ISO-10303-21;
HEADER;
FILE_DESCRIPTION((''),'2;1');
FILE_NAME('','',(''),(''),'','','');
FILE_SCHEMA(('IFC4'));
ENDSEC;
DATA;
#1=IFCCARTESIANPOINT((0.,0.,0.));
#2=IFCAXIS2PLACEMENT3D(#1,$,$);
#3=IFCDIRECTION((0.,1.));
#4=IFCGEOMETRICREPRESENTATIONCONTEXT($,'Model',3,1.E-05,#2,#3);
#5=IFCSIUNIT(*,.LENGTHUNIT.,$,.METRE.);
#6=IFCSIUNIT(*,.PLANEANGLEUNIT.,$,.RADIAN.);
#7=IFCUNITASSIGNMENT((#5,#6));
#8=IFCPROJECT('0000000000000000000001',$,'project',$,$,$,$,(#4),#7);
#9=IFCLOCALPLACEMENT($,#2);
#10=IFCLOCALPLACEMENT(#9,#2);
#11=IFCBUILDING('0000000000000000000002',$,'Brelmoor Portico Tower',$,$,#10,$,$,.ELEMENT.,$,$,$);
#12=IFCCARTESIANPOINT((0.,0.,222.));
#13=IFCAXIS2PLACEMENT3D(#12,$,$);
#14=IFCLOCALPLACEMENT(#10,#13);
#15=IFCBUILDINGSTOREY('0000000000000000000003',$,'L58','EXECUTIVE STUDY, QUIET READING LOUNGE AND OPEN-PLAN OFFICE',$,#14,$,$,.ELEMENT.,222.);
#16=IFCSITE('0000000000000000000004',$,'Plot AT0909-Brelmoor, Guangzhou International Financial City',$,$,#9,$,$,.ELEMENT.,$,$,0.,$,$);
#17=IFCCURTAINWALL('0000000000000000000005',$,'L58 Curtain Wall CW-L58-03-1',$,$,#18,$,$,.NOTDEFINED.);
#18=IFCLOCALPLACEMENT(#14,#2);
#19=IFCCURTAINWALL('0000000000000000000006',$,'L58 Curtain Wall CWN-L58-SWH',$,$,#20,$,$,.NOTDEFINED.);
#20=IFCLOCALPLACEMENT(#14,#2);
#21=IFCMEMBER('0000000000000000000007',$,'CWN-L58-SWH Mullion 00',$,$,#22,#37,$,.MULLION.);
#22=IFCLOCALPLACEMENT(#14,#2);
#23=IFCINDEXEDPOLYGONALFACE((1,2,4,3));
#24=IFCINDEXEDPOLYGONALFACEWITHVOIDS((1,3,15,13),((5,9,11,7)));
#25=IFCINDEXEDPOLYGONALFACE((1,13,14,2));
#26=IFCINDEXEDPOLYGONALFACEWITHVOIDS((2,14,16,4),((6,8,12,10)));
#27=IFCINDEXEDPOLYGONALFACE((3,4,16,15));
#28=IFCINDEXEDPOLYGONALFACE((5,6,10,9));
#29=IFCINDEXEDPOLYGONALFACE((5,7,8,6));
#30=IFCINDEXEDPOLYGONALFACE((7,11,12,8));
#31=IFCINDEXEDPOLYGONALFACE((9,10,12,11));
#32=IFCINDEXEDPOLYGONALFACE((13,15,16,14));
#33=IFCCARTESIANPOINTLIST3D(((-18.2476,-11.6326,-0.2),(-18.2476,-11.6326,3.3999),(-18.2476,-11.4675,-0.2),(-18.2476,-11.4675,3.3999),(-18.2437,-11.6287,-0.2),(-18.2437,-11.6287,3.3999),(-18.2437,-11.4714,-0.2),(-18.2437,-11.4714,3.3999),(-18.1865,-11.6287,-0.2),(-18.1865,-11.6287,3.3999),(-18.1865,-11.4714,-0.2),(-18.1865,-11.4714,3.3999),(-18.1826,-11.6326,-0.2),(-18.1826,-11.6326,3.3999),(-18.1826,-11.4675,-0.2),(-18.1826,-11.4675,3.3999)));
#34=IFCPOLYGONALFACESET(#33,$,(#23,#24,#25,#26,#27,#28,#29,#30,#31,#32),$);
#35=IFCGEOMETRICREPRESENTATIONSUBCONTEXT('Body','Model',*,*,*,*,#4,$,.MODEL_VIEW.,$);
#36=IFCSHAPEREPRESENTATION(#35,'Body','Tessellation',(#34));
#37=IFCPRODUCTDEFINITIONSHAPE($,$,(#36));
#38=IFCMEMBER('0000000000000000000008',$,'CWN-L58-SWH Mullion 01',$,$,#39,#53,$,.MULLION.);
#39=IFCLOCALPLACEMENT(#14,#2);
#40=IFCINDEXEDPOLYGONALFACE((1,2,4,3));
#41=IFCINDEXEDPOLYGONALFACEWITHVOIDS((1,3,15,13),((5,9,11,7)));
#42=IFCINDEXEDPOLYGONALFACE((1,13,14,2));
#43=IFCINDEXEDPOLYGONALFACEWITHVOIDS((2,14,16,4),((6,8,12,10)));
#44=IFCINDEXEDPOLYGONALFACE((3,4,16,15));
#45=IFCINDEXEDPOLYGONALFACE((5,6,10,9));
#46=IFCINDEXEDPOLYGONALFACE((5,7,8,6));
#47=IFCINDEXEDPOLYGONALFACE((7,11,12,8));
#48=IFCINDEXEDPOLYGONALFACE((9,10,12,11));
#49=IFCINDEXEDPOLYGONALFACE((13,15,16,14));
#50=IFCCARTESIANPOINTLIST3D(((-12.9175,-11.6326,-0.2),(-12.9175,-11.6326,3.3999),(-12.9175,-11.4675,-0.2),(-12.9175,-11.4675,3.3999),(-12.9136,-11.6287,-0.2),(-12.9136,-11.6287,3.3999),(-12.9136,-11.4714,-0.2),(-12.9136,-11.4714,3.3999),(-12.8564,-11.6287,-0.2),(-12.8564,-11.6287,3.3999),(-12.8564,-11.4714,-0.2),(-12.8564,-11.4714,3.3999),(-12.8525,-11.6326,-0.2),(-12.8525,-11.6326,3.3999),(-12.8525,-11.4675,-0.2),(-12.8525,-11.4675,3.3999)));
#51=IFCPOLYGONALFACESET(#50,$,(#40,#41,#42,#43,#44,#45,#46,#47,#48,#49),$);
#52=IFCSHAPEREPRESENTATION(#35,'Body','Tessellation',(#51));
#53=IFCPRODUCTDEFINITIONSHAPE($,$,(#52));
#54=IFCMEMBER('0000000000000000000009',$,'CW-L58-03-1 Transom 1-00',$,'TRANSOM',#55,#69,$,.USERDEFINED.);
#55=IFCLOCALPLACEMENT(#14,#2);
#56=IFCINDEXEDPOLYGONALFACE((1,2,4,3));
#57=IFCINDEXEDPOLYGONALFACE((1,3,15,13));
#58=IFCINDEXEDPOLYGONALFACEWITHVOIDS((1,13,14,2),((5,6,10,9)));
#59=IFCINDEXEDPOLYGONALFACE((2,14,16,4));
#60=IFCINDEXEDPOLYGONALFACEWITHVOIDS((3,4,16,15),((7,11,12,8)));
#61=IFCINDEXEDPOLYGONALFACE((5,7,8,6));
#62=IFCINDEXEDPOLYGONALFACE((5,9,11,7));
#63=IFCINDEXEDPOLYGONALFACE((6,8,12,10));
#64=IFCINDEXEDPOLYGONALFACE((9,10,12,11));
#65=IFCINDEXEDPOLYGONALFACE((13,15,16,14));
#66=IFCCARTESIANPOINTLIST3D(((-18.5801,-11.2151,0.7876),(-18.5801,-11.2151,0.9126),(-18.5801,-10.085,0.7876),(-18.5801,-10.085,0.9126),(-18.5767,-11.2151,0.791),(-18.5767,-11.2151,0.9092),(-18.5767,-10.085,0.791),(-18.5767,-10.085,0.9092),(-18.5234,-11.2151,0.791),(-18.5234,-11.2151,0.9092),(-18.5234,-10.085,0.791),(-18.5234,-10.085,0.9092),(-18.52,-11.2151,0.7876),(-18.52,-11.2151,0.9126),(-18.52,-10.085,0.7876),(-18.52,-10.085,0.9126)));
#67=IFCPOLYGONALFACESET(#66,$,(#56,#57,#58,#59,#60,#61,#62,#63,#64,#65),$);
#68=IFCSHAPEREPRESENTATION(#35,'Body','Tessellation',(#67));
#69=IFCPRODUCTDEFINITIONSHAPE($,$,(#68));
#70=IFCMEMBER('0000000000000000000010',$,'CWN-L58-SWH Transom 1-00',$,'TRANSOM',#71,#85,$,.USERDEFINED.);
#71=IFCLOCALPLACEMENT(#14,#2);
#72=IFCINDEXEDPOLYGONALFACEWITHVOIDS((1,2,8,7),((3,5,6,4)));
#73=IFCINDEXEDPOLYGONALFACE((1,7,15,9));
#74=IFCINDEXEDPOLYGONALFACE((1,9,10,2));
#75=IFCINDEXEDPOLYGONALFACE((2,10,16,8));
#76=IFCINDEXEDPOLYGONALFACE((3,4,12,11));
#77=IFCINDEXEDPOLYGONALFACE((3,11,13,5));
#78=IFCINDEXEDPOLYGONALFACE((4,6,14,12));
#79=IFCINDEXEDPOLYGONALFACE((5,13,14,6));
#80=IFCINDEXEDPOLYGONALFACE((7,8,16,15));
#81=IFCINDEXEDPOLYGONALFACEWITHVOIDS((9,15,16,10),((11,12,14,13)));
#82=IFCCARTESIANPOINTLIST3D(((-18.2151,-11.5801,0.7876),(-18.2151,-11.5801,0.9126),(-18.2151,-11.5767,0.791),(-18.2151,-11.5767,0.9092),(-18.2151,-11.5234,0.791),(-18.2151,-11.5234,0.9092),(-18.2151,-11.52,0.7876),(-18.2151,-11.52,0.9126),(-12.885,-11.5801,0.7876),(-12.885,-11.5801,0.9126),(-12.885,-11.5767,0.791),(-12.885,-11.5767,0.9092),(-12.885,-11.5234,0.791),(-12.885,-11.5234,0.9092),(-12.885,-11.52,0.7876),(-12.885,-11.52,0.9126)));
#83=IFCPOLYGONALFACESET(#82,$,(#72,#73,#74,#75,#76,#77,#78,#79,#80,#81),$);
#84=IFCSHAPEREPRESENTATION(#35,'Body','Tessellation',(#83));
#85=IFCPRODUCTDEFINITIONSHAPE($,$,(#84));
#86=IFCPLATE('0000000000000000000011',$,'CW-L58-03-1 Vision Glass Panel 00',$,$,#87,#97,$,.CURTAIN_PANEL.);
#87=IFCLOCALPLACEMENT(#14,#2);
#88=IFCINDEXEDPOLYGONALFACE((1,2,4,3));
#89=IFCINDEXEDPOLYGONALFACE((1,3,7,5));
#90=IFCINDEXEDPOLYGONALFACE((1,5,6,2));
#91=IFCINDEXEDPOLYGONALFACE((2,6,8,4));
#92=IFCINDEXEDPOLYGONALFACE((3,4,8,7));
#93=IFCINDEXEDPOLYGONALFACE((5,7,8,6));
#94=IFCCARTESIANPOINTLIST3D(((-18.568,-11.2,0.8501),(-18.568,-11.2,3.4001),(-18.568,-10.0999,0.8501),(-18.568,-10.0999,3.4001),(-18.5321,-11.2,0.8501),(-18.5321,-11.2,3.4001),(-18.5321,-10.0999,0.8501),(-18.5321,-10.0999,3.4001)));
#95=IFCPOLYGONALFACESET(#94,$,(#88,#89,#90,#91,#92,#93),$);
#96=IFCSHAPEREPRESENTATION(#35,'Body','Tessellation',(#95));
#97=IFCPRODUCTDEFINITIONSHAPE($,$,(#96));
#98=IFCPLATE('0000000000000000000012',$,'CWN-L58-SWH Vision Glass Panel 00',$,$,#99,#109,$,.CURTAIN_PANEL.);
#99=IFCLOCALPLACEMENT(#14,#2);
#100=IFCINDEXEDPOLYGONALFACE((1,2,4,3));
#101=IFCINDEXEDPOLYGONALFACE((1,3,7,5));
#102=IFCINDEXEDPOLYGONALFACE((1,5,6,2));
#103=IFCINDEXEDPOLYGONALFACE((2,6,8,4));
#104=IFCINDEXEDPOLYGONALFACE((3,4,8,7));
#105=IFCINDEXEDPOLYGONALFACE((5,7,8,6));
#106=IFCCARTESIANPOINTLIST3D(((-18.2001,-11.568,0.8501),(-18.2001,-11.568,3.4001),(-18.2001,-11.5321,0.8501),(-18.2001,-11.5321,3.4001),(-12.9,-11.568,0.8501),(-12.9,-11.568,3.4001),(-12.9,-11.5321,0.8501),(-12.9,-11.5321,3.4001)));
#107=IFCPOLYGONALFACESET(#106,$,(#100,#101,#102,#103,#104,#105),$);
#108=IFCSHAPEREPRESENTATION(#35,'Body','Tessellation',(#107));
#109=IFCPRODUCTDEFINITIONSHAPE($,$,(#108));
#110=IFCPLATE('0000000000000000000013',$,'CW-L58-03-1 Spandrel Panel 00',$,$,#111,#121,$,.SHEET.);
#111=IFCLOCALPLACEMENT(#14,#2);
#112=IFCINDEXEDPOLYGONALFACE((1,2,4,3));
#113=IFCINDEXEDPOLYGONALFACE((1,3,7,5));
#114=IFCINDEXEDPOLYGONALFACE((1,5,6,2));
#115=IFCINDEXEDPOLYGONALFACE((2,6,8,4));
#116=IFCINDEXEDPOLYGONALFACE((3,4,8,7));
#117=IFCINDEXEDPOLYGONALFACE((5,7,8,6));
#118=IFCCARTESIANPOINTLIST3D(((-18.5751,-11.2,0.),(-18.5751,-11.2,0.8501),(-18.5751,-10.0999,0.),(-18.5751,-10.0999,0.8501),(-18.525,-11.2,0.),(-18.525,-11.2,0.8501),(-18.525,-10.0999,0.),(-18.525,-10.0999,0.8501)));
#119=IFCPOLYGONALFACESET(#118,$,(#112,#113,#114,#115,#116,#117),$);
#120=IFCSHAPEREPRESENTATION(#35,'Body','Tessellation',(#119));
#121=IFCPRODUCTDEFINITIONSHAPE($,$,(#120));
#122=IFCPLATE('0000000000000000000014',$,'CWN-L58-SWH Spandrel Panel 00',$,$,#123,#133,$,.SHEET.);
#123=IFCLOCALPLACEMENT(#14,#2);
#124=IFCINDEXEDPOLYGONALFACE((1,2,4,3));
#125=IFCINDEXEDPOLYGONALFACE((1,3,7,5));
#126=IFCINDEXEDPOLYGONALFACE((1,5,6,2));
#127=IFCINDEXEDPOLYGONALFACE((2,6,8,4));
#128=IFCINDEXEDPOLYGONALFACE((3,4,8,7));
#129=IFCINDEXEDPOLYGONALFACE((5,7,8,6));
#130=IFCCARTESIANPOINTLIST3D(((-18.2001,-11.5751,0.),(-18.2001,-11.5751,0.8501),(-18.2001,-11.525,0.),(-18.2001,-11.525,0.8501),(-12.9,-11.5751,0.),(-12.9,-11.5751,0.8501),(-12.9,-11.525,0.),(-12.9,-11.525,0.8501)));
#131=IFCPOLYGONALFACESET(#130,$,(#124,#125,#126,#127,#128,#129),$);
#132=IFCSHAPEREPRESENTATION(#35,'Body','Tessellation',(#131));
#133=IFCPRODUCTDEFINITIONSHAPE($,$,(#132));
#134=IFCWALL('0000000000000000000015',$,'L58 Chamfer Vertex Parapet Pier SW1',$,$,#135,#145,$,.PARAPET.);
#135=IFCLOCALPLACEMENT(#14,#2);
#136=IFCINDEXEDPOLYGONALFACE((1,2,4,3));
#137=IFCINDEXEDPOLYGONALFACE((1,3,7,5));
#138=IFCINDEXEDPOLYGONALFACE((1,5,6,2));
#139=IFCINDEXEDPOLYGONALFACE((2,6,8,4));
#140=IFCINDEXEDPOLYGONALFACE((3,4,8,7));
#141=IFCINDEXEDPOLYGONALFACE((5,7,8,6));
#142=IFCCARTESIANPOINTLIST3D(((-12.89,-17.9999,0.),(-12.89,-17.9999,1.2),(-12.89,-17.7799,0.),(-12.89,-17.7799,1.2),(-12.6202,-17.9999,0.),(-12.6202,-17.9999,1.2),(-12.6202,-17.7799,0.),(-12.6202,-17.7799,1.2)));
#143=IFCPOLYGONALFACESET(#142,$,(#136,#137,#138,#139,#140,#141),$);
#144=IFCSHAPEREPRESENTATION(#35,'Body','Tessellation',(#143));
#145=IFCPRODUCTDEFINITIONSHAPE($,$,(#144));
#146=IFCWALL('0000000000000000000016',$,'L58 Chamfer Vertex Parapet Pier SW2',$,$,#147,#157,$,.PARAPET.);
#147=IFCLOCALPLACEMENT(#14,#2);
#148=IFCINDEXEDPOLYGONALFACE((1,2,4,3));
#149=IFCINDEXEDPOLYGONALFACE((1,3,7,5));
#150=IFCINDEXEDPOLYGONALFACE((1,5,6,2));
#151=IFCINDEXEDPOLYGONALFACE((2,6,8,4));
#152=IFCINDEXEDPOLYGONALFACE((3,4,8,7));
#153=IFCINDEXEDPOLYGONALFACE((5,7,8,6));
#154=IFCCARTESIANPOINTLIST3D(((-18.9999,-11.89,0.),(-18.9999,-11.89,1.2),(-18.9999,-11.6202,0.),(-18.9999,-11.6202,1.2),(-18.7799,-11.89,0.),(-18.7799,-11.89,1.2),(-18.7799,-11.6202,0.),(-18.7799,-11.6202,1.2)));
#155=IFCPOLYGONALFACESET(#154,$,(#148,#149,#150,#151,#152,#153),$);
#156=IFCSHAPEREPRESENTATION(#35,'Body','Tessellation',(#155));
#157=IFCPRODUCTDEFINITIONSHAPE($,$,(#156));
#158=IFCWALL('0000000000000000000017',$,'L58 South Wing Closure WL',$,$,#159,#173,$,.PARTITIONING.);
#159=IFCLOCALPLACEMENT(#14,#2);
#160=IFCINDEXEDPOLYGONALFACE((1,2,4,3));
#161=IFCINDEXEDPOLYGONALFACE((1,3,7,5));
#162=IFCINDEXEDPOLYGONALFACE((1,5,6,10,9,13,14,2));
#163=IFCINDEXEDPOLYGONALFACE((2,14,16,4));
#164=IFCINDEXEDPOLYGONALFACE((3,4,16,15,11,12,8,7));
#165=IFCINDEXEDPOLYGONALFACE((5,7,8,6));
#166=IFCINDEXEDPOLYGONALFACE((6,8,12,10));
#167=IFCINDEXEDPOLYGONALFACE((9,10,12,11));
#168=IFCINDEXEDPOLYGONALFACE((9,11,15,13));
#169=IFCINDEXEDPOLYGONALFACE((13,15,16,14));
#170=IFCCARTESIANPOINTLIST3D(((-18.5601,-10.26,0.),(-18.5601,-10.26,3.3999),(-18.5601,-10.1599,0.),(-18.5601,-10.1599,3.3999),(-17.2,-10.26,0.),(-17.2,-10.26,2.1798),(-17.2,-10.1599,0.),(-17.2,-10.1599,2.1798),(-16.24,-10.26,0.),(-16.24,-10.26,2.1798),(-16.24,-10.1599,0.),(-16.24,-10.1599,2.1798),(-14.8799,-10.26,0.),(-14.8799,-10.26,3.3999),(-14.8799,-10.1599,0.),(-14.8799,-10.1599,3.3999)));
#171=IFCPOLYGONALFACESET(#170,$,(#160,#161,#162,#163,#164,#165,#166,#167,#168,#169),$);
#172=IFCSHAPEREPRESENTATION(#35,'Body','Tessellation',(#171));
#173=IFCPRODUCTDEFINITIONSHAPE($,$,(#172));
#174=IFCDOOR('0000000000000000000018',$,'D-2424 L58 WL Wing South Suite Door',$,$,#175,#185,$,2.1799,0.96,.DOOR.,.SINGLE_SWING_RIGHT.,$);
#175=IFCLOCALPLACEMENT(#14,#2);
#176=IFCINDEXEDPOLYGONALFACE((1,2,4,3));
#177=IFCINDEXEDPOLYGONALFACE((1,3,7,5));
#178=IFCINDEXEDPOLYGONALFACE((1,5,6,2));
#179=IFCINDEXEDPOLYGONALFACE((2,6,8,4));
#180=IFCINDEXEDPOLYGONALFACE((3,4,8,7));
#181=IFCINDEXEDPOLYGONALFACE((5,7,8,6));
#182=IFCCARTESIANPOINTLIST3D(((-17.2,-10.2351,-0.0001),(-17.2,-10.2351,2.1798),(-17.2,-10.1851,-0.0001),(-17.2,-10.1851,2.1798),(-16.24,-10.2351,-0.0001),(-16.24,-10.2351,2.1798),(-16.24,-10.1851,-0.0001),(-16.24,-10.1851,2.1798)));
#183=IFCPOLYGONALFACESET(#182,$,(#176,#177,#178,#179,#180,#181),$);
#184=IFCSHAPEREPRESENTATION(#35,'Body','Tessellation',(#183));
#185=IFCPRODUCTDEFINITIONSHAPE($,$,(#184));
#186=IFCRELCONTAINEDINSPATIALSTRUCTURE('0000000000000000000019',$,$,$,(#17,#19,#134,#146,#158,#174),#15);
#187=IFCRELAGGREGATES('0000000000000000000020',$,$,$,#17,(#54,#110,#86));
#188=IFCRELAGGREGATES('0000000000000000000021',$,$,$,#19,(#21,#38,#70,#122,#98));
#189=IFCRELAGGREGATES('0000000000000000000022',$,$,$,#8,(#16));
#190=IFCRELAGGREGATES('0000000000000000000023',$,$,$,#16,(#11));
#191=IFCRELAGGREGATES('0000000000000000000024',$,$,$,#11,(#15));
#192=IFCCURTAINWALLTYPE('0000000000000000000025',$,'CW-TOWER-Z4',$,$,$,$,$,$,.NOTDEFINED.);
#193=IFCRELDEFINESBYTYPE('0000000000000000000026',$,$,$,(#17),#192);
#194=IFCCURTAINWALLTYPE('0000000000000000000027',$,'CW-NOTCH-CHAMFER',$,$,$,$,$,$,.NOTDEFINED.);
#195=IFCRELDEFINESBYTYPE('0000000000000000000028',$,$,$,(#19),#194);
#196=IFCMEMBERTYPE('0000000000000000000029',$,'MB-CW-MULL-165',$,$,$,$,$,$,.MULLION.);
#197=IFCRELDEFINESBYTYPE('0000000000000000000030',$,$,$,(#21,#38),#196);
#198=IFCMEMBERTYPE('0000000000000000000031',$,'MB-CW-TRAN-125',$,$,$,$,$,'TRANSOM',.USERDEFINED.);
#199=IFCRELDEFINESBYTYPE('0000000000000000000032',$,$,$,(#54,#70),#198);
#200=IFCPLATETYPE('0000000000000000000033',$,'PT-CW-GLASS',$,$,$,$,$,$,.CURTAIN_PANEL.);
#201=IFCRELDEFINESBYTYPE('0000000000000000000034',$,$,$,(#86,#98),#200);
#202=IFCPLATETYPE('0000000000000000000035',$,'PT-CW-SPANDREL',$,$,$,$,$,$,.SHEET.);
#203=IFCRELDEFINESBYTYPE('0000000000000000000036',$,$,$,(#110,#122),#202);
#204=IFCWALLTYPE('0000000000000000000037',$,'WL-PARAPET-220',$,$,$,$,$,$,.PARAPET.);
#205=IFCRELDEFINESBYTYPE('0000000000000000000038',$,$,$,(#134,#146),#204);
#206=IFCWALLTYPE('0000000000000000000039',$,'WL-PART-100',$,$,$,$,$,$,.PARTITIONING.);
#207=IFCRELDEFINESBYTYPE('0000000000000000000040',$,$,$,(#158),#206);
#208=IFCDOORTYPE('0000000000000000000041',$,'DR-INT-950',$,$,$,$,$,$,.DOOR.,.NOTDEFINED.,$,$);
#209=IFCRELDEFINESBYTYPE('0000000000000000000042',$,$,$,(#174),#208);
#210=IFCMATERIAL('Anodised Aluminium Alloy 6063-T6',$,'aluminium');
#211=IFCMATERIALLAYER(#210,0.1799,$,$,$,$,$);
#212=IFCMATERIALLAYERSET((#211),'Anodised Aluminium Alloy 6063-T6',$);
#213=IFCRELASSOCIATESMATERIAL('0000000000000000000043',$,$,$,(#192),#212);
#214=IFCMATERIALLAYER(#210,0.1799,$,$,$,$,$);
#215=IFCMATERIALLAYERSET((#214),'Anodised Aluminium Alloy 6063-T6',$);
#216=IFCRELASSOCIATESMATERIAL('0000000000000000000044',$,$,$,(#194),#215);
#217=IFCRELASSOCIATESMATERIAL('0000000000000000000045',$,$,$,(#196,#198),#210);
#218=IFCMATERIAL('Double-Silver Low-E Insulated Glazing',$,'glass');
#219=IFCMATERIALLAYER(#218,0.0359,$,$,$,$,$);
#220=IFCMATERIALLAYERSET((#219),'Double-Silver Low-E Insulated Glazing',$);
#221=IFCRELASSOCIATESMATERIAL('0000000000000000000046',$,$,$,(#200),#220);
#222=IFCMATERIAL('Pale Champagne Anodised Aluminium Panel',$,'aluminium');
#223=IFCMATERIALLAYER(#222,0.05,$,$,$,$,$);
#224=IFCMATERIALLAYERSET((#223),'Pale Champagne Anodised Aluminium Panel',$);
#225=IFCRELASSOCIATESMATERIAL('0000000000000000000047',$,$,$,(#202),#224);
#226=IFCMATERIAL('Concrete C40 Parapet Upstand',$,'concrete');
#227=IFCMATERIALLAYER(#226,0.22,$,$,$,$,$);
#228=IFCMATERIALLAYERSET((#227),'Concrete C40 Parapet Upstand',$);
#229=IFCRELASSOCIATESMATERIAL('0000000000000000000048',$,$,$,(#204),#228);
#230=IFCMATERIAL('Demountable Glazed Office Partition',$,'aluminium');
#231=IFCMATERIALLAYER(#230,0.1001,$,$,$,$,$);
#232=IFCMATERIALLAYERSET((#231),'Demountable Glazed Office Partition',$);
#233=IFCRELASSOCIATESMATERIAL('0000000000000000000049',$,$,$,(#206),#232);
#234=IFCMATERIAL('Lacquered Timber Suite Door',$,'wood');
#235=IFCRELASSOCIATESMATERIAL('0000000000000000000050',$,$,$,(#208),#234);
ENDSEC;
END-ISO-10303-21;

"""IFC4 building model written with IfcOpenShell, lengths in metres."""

from ifc_helpers import new_model, si_unit, direction, frame, frame_2d, origin, origin_2d, place, context, subcontext, project, spatial, rectangle, hollow_rectangle, extrude, material, layer, layer_set, material_profile, profile_set, type_object, element, fill, aggregate, save


model = new_model("IFC4")

# Units and contexts
model_context = context("Model", 3, precision=1e-05, world=origin(), true_north=direction((0.0, 1.0)))
body_context = subcontext(model_context, "Body", "Model", "MODEL_VIEW")
ifc_project = project(units=[si_unit("LENGTHUNIT", "METRE"), si_unit("PLANEANGLEUNIT", "RADIAN")], contexts=[model_context])

# Site, building, storey
site_placement = place(None, origin())
site = spatial("IfcSite", under=ifc_project, at=site_placement, Name="Plot AT0909-Brelmoor, Guangzhou International Financial City", CompositionType="ELEMENT", RefElevation=0.0)
building_placement = place(site_placement, origin())
building = spatial("IfcBuilding", under=site, at=building_placement, Name="Brelmoor Portico Tower", CompositionType="ELEMENT")
storey_placement = place(building_placement, frame((0.0, 0.0, 222.0)))
storey = spatial("IfcBuildingStorey", under=building, at=storey_placement, Name="L58", Description="EXECUTIVE STUDY, QUIET READING LOUNGE AND OPEN-PLAN OFFICE", CompositionType="ELEMENT", Elevation=222.0)

# Curtain walls, members
ifc_material_1 = material(Name="Anodised Aluminium Alloy 6063-T6", Category="aluminium")
ifc_layer_1 = layer(ifc_material_1, 0.1799)
ifc_layer_set_1 = layer_set([ifc_layer_1], Name="Anodised Aluminium Alloy 6063-T6")
curtain_wall_type_1 = type_object("IfcCurtainWallType", Name="CW-TOWER-Z4", PredefinedType="NOTDEFINED", material=ifc_layer_set_1)
curtain_wall_1_placement = place(storey_placement, origin())
curtain_wall_1 = element("IfcCurtainWall", 1, at=curtain_wall_1_placement, inside=storey, type_object=curtain_wall_type_1, Name="L58 Curtain Wall CW-L58-03-1", PredefinedType="NOTDEFINED")
ifc_layer_2 = layer(ifc_material_1, 0.1799)
ifc_layer_set_2 = layer_set([ifc_layer_2], Name="Anodised Aluminium Alloy 6063-T6")
curtain_wall_type_2 = type_object("IfcCurtainWallType", Name="CW-NOTCH-CHAMFER", PredefinedType="NOTDEFINED", material=ifc_layer_set_2)
curtain_wall_2_placement = place(storey_placement, origin())
curtain_wall_2 = element("IfcCurtainWall", 2, at=curtain_wall_2_placement, inside=storey, type_object=curtain_wall_type_2, Name="L58 Curtain Wall CWN-L58-SWH", PredefinedType="NOTDEFINED")
ifc_material_profile_1 = material_profile(ifc_material_1, hollow_rectangle(XDim=0.0649, YDim=0.165, WallThickness=0.0039, at=origin_2d()), Name="ALU MULLION 65x165")
ifc_profile_set_1 = profile_set([ifc_material_profile_1], Name="Anodised Aluminium Alloy 6063-T6")
member_type_1 = type_object("IfcMemberType", Name="MB-CW-MULL-165", PredefinedType="MULLION", material=ifc_profile_set_1)
member_1_placement = place(storey_placement, frame((-18.2151, -11.55, -0.2), z_axis=(0.0, 0.0, 1.0), x_axis=(1.0, 0.0, 0.0)))
member_1 = element("IfcMember", 3, at=member_1_placement, type_object=member_type_1, Name="CWN-L58-SWH Mullion 00", PredefinedType="MULLION", context=body_context, shape_type="SweptSolid", body=[
    extrude(hollow_rectangle(XDim=0.0649, YDim=0.165, WallThickness=0.0039, at=origin_2d()), origin(), (0.0, 0.0, 1.0), 3.5999),
])
member_2_placement = place(storey_placement, frame((-12.885, -11.55, -0.2), z_axis=(0.0, 0.0, 1.0), x_axis=(1.0, 0.0, 0.0)))
member_2 = element("IfcMember", 4, at=member_2_placement, type_object=member_type_1, Name="CWN-L58-SWH Mullion 01", PredefinedType="MULLION", context=body_context, shape_type="SweptSolid", body=[
    extrude(hollow_rectangle(XDim=0.0649, YDim=0.165, WallThickness=0.0039, at=origin_2d()), origin(), (0.0, 0.0, 1.0), 3.5999),
])

# Members
ifc_material_profile_2 = material_profile(ifc_material_1, hollow_rectangle(XDim=0.0601, YDim=0.125, WallThickness=0.0034, at=origin_2d()), Name="ALU TRANSOM 60x125")
ifc_profile_set_2 = profile_set([ifc_material_profile_2], Name="Anodised Aluminium Alloy 6063-T6")
member_type_2 = type_object("IfcMemberType", Name="MB-CW-TRAN-125", ElementType="TRANSOM", PredefinedType="USERDEFINED", material=ifc_profile_set_2)
member_3_placement = place(storey_placement, frame((-18.55, -11.2151, 0.8501), z_axis=(0.0, 1.0, 0.0), x_axis=(-1.0, 0.0, 0.0)))
member_3 = element("IfcMember", 5, at=member_3_placement, type_object=member_type_2, Name="CW-L58-03-1 Transom 1-00", ObjectType="TRANSOM", PredefinedType="USERDEFINED", context=body_context, shape_type="SweptSolid", body=[
    extrude(hollow_rectangle(XDim=0.0601, YDim=0.125, WallThickness=0.0034, at=origin_2d()), origin(), (0.0, 0.0, 1.0), 1.1301),
])
member_4_placement = place(storey_placement, frame((-18.2151, -11.55, 0.8501), z_axis=(1.0, 0.0, 0.0), x_axis=(0.0, 1.0, 0.0)))
member_4 = element("IfcMember", 6, at=member_4_placement, type_object=member_type_2, Name="CWN-L58-SWH Transom 1-00", ObjectType="TRANSOM", PredefinedType="USERDEFINED", context=body_context, shape_type="SweptSolid", body=[
    extrude(hollow_rectangle(XDim=0.0601, YDim=0.125, WallThickness=0.0034, at=origin_2d()), origin(), (0.0, 0.0, 1.0), 5.3301),
])

# Plates
ifc_material_2 = material(Name="Double-Silver Low-E Insulated Glazing", Category="glass")
ifc_layer_3 = layer(ifc_material_2, 0.0359)
ifc_layer_set_3 = layer_set([ifc_layer_3], Name="Double-Silver Low-E Insulated Glazing")
plate_type_1 = type_object("IfcPlateType", Name="PT-CW-GLASS", PredefinedType="CURTAIN_PANEL", material=ifc_layer_set_3)
plate_1_placement = place(storey_placement, frame((-18.55, -10.6499, 0.8501), z_axis=(0.0, 0.0, 1.0), x_axis=(0.0, 1.0, 0.0)))
plate_1 = element("IfcPlate", 7, at=plate_1_placement, type_object=plate_type_1, Name="CW-L58-03-1 Vision Glass Panel 00", PredefinedType="CURTAIN_PANEL", context=body_context, shape_type="SweptSolid", body=[
    extrude(rectangle(XDim=1.1001, YDim=0.0359, at=origin_2d()), origin(), (0.0, 0.0, 1.0), 2.55),
])
plate_2_placement = place(storey_placement, frame((-15.55, -11.55, 0.8501), z_axis=(0.0, 0.0, 1.0), x_axis=(1.0, 0.0, 0.0)))
plate_2 = element("IfcPlate", 8, at=plate_2_placement, type_object=plate_type_1, Name="CWN-L58-SWH Vision Glass Panel 00", PredefinedType="CURTAIN_PANEL", context=body_context, shape_type="SweptSolid", body=[
    extrude(rectangle(XDim=5.3, YDim=0.0359, at=origin_2d()), origin(), (0.0, 0.0, 1.0), 2.55),
])
ifc_material_3 = material(Name="Pale Champagne Anodised Aluminium Panel", Category="aluminium")
ifc_layer_4 = layer(ifc_material_3, 0.05)
ifc_layer_set_4 = layer_set([ifc_layer_4], Name="Pale Champagne Anodised Aluminium Panel")
plate_type_2 = type_object("IfcPlateType", Name="PT-CW-SPANDREL", PredefinedType="SHEET", material=ifc_layer_set_4)
plate_3_placement = place(storey_placement, frame((-18.55, -10.6499, 0.0), z_axis=(0.0, 0.0, 1.0), x_axis=(0.0, 1.0, 0.0)))
plate_3 = element("IfcPlate", 9, at=plate_3_placement, type_object=plate_type_2, Name="CW-L58-03-1 Spandrel Panel 00", PredefinedType="SHEET", context=body_context, shape_type="SweptSolid", body=[
    extrude(rectangle(XDim=1.1001, YDim=0.05, at=origin_2d()), origin(), (0.0, 0.0, 1.0), 0.8501),
])
aggregate(curtain_wall_1, [member_3, plate_3, plate_1])
plate_4_placement = place(storey_placement, frame((-15.55, -11.55, 0.0), z_axis=(0.0, 0.0, 1.0), x_axis=(1.0, 0.0, 0.0)))
plate_4 = element("IfcPlate", 10, at=plate_4_placement, type_object=plate_type_2, Name="CWN-L58-SWH Spandrel Panel 00", PredefinedType="SHEET", context=body_context, shape_type="SweptSolid", body=[
    extrude(rectangle(XDim=5.3, YDim=0.05, at=origin_2d()), origin(), (0.0, 0.0, 1.0), 0.8501),
])
aggregate(curtain_wall_2, [member_1, member_2, member_4, plate_4, plate_2])

# Walls
ifc_material_4 = material(Name="Concrete C40 Parapet Upstand", Category="concrete")
ifc_layer_5 = layer(ifc_material_4, 0.22)
ifc_layer_set_5 = layer_set([ifc_layer_5], Name="Concrete C40 Parapet Upstand")
wall_type_1 = type_object("IfcWallType", Name="WL-PARAPET-220", PredefinedType="PARAPET", material=ifc_layer_set_5)
for number, where, z_axis, x_axis, name in (
    (11, (-12.8899, -17.8899, 0.0), (0.0, 0.0, 1.0), (1.0, 0.0, 0.0), "L58 Chamfer Vertex Parapet Pier SW1"),
    (12, (-18.8899, -11.8899, 0.0), (0.0, 0.0, 1.0), (0.0, 1.0, 0.0), "L58 Chamfer Vertex Parapet Pier SW2"),
):
    element("IfcWall", number, at=place(storey_placement, frame(where, z_axis=z_axis, x_axis=x_axis)), inside=storey, type_object=wall_type_1, Name=name, PredefinedType="PARAPET", context=body_context, shape_type="SweptSolid", body=[
        extrude(rectangle(XDim=0.2698, YDim=0.22, at=frame_2d((0.1348, 0.0))), origin(), (0.0, 0.0, 1.0), 1.2),
    ])

# Wall, opening, door
ifc_material_5 = material(Name="Demountable Glazed Office Partition", Category="aluminium")
ifc_layer_6 = layer(ifc_material_5, 0.1001)
ifc_layer_set_6 = layer_set([ifc_layer_6], Name="Demountable Glazed Office Partition")
wall_type_2 = type_object("IfcWallType", Name="WL-PART-100", PredefinedType="PARTITIONING", material=ifc_layer_set_6)
wall_placement = place(storey_placement, frame((-18.5601, -10.21, 0.0), z_axis=(0.0, 0.0, 1.0), x_axis=(1.0, 0.0, 0.0)))
wall = element("IfcWall", 13, at=wall_placement, inside=storey, type_object=wall_type_2, Name="L58 South Wing Closure WL", PredefinedType="PARTITIONING", context=body_context, shape_type="SweptSolid", body=[
    extrude(rectangle(XDim=3.6802, YDim=0.1001, at=frame_2d((1.8401, 0.0))), origin(), (0.0, 0.0, 1.0), 3.3999),
])
opening_placement = place(wall_placement, frame((1.3601, 0.0, 0.0)))
opening = element("IfcOpeningElement", 14, at=opening_placement, cuts=wall, PredefinedType="OPENING", context=body_context, shape_type="SweptSolid", body=[
    extrude(rectangle(XDim=0.96, YDim=2.1799, at=frame_2d((0.48, 1.0898))), frame((0.0, 0.0601, 0.0), z_axis=(0.0, -1.0, 0.0), x_axis=(1.0, 0.0, 0.0)), (0.0, 0.0, 1.0), 0.1201),
])
ifc_material_6 = material(Name="Lacquered Timber Suite Door", Category="wood")
door_type = type_object("IfcDoorType", Name="DR-INT-950", OperationType="NOTDEFINED", PredefinedType="DOOR", material=ifc_material_6)
door_placement = place(opening_placement, origin())
door = element("IfcDoor", 15, at=door_placement, inside=storey, type_object=door_type, Name="D-2424 L58 WL Wing South Suite Door", OperationType="SINGLE_SWING_RIGHT", OverallHeight=2.1799, OverallWidth=0.96, PredefinedType="DOOR", context=body_context, shape_type="SweptSolid", body=[
    extrude(rectangle(XDim=0.96, YDim=2.1799, at=frame_2d((0.48, 1.0898))), frame((0.0, 0.0249, 0.0), z_axis=(0.0, -1.0, 0.0), x_axis=(1.0, 0.0, 0.0)), (0.0, 0.0, 1.0), 0.05),
])
fill(opening, door)

save(model, "model.ifc")
